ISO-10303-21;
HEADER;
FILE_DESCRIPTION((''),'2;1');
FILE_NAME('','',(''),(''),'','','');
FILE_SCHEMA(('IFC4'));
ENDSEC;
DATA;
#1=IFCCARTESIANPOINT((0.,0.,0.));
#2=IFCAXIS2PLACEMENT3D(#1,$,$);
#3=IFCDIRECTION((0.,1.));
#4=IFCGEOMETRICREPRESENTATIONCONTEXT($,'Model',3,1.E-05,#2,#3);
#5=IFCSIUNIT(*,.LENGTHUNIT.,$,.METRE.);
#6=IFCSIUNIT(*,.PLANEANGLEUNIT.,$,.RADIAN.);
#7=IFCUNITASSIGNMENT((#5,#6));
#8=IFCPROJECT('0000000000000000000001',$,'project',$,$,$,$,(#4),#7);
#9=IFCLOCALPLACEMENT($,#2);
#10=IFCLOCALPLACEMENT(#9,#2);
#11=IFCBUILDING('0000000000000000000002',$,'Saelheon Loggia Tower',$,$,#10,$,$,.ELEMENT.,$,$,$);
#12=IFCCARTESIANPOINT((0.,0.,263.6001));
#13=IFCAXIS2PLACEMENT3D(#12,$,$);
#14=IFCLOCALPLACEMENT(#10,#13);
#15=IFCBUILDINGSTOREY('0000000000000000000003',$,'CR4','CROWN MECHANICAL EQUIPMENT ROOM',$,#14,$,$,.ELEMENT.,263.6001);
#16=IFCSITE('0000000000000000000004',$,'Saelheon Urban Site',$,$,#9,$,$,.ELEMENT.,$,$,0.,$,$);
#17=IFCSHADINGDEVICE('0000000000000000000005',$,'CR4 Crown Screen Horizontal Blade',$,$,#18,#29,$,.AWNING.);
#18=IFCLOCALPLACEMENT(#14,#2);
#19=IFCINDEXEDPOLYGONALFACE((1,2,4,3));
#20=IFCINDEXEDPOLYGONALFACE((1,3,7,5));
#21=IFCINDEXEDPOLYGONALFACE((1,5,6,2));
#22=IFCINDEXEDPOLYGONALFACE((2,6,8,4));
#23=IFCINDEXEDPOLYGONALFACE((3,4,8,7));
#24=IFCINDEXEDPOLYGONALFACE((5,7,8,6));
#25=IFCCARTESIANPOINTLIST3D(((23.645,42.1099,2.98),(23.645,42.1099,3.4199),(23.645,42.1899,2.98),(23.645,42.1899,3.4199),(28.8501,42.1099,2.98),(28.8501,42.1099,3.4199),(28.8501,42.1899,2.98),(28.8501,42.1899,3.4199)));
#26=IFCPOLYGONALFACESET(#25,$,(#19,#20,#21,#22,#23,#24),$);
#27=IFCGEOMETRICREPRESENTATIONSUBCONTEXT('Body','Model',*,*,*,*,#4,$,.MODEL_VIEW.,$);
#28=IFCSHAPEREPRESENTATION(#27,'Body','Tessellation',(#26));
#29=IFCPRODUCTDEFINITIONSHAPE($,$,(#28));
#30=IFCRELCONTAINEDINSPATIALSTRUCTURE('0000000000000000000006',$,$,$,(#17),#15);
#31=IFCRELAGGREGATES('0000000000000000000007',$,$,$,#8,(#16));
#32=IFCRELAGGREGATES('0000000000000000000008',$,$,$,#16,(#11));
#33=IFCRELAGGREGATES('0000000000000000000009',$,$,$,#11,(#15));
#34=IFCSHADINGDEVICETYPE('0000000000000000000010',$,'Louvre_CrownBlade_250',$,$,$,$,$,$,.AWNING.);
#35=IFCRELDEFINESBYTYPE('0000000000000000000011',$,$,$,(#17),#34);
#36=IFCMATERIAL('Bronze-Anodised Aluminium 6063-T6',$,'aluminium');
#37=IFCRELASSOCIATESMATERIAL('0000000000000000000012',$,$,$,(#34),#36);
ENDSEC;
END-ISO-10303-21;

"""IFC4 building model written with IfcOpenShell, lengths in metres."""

from ifc_helpers import new_model, si_unit, direction, frame, origin, origin_2d, place, context, subcontext, project, spatial, rectangle, extrude, source, transform, mapped, material, material_profile, profile_set, type_object, element, save


model = new_model("IFC4")

# Units and contexts
model_context = context("Model", 3, precision=1e-05, world=origin(), true_north=direction((0.0, 1.0)))
body_context = subcontext(model_context, "Body", "Model", "MODEL_VIEW")
ifc_project = project(units=[si_unit("LENGTHUNIT", "METRE"), si_unit("PLANEANGLEUNIT", "RADIAN")], contexts=[model_context])

# Site, building, storey
site_placement = place(None, origin())
site = spatial("IfcSite", under=ifc_project, at=site_placement, Name="Saelheon Urban Site", CompositionType="ELEMENT", RefElevation=0.0)
building_placement = place(site_placement, origin())
building = spatial("IfcBuilding", under=site, at=building_placement, Name="Saelheon Loggia Tower", CompositionType="ELEMENT")
storey_placement = place(building_placement, frame((0.0, 0.0, 263.6001)))
storey = spatial("IfcBuildingStorey", under=building, at=storey_placement, Name="CR4", Description="CROWN MECHANICAL EQUIPMENT ROOM", CompositionType="ELEMENT", Elevation=263.6001)

# Shared definitions
ifc_material_1 = material(Name="Bronze-Anodised Aluminium 6063-T6", Category="aluminium")

# Shading device
ifc_material_profile_1 = material_profile(ifc_material_1, rectangle(XDim=0.0801, YDim=0.4399, at=origin_2d()), Name="Louvre_CrownBlade_250")
ifc_profile_set_1 = profile_set([ifc_material_profile_1], Name="Bronze-Anodised Aluminium 6063-T6")
shading_device_type = type_object("IfcShadingDeviceType", Name="Louvre_CrownBlade_250", PredefinedType="AWNING", material=ifc_profile_set_1)
shared_shape_1 = source(origin(), body_context, "Body", "SweptSolid", [
    extrude(rectangle(XDim=0.0801, YDim=0.4399, at=origin_2d()), origin(), (0.0, 0.0, 1.0), 5.2051),
])
for number, where, z_axis, x_axis, name in (
    (1, (28.8501, 42.1499, 3.2), (-1.0, 0.0, 0.0), (0.0, -1.0, 0.0), "CR4 Crown Screen Horizontal Blade"),
):
    element("IfcShadingDevice", number, at=place(storey_placement, frame(where, z_axis=z_axis, x_axis=x_axis)), inside=storey, type_object=shading_device_type, Name=name, PredefinedType="AWNING", context=body_context, shape_type="MappedRepresentation", body=[
        mapped(shared_shape_1, transform((0.0, 0.0, 0.0), scale=1.0)),
    ])

save(model, "model.ifc")
